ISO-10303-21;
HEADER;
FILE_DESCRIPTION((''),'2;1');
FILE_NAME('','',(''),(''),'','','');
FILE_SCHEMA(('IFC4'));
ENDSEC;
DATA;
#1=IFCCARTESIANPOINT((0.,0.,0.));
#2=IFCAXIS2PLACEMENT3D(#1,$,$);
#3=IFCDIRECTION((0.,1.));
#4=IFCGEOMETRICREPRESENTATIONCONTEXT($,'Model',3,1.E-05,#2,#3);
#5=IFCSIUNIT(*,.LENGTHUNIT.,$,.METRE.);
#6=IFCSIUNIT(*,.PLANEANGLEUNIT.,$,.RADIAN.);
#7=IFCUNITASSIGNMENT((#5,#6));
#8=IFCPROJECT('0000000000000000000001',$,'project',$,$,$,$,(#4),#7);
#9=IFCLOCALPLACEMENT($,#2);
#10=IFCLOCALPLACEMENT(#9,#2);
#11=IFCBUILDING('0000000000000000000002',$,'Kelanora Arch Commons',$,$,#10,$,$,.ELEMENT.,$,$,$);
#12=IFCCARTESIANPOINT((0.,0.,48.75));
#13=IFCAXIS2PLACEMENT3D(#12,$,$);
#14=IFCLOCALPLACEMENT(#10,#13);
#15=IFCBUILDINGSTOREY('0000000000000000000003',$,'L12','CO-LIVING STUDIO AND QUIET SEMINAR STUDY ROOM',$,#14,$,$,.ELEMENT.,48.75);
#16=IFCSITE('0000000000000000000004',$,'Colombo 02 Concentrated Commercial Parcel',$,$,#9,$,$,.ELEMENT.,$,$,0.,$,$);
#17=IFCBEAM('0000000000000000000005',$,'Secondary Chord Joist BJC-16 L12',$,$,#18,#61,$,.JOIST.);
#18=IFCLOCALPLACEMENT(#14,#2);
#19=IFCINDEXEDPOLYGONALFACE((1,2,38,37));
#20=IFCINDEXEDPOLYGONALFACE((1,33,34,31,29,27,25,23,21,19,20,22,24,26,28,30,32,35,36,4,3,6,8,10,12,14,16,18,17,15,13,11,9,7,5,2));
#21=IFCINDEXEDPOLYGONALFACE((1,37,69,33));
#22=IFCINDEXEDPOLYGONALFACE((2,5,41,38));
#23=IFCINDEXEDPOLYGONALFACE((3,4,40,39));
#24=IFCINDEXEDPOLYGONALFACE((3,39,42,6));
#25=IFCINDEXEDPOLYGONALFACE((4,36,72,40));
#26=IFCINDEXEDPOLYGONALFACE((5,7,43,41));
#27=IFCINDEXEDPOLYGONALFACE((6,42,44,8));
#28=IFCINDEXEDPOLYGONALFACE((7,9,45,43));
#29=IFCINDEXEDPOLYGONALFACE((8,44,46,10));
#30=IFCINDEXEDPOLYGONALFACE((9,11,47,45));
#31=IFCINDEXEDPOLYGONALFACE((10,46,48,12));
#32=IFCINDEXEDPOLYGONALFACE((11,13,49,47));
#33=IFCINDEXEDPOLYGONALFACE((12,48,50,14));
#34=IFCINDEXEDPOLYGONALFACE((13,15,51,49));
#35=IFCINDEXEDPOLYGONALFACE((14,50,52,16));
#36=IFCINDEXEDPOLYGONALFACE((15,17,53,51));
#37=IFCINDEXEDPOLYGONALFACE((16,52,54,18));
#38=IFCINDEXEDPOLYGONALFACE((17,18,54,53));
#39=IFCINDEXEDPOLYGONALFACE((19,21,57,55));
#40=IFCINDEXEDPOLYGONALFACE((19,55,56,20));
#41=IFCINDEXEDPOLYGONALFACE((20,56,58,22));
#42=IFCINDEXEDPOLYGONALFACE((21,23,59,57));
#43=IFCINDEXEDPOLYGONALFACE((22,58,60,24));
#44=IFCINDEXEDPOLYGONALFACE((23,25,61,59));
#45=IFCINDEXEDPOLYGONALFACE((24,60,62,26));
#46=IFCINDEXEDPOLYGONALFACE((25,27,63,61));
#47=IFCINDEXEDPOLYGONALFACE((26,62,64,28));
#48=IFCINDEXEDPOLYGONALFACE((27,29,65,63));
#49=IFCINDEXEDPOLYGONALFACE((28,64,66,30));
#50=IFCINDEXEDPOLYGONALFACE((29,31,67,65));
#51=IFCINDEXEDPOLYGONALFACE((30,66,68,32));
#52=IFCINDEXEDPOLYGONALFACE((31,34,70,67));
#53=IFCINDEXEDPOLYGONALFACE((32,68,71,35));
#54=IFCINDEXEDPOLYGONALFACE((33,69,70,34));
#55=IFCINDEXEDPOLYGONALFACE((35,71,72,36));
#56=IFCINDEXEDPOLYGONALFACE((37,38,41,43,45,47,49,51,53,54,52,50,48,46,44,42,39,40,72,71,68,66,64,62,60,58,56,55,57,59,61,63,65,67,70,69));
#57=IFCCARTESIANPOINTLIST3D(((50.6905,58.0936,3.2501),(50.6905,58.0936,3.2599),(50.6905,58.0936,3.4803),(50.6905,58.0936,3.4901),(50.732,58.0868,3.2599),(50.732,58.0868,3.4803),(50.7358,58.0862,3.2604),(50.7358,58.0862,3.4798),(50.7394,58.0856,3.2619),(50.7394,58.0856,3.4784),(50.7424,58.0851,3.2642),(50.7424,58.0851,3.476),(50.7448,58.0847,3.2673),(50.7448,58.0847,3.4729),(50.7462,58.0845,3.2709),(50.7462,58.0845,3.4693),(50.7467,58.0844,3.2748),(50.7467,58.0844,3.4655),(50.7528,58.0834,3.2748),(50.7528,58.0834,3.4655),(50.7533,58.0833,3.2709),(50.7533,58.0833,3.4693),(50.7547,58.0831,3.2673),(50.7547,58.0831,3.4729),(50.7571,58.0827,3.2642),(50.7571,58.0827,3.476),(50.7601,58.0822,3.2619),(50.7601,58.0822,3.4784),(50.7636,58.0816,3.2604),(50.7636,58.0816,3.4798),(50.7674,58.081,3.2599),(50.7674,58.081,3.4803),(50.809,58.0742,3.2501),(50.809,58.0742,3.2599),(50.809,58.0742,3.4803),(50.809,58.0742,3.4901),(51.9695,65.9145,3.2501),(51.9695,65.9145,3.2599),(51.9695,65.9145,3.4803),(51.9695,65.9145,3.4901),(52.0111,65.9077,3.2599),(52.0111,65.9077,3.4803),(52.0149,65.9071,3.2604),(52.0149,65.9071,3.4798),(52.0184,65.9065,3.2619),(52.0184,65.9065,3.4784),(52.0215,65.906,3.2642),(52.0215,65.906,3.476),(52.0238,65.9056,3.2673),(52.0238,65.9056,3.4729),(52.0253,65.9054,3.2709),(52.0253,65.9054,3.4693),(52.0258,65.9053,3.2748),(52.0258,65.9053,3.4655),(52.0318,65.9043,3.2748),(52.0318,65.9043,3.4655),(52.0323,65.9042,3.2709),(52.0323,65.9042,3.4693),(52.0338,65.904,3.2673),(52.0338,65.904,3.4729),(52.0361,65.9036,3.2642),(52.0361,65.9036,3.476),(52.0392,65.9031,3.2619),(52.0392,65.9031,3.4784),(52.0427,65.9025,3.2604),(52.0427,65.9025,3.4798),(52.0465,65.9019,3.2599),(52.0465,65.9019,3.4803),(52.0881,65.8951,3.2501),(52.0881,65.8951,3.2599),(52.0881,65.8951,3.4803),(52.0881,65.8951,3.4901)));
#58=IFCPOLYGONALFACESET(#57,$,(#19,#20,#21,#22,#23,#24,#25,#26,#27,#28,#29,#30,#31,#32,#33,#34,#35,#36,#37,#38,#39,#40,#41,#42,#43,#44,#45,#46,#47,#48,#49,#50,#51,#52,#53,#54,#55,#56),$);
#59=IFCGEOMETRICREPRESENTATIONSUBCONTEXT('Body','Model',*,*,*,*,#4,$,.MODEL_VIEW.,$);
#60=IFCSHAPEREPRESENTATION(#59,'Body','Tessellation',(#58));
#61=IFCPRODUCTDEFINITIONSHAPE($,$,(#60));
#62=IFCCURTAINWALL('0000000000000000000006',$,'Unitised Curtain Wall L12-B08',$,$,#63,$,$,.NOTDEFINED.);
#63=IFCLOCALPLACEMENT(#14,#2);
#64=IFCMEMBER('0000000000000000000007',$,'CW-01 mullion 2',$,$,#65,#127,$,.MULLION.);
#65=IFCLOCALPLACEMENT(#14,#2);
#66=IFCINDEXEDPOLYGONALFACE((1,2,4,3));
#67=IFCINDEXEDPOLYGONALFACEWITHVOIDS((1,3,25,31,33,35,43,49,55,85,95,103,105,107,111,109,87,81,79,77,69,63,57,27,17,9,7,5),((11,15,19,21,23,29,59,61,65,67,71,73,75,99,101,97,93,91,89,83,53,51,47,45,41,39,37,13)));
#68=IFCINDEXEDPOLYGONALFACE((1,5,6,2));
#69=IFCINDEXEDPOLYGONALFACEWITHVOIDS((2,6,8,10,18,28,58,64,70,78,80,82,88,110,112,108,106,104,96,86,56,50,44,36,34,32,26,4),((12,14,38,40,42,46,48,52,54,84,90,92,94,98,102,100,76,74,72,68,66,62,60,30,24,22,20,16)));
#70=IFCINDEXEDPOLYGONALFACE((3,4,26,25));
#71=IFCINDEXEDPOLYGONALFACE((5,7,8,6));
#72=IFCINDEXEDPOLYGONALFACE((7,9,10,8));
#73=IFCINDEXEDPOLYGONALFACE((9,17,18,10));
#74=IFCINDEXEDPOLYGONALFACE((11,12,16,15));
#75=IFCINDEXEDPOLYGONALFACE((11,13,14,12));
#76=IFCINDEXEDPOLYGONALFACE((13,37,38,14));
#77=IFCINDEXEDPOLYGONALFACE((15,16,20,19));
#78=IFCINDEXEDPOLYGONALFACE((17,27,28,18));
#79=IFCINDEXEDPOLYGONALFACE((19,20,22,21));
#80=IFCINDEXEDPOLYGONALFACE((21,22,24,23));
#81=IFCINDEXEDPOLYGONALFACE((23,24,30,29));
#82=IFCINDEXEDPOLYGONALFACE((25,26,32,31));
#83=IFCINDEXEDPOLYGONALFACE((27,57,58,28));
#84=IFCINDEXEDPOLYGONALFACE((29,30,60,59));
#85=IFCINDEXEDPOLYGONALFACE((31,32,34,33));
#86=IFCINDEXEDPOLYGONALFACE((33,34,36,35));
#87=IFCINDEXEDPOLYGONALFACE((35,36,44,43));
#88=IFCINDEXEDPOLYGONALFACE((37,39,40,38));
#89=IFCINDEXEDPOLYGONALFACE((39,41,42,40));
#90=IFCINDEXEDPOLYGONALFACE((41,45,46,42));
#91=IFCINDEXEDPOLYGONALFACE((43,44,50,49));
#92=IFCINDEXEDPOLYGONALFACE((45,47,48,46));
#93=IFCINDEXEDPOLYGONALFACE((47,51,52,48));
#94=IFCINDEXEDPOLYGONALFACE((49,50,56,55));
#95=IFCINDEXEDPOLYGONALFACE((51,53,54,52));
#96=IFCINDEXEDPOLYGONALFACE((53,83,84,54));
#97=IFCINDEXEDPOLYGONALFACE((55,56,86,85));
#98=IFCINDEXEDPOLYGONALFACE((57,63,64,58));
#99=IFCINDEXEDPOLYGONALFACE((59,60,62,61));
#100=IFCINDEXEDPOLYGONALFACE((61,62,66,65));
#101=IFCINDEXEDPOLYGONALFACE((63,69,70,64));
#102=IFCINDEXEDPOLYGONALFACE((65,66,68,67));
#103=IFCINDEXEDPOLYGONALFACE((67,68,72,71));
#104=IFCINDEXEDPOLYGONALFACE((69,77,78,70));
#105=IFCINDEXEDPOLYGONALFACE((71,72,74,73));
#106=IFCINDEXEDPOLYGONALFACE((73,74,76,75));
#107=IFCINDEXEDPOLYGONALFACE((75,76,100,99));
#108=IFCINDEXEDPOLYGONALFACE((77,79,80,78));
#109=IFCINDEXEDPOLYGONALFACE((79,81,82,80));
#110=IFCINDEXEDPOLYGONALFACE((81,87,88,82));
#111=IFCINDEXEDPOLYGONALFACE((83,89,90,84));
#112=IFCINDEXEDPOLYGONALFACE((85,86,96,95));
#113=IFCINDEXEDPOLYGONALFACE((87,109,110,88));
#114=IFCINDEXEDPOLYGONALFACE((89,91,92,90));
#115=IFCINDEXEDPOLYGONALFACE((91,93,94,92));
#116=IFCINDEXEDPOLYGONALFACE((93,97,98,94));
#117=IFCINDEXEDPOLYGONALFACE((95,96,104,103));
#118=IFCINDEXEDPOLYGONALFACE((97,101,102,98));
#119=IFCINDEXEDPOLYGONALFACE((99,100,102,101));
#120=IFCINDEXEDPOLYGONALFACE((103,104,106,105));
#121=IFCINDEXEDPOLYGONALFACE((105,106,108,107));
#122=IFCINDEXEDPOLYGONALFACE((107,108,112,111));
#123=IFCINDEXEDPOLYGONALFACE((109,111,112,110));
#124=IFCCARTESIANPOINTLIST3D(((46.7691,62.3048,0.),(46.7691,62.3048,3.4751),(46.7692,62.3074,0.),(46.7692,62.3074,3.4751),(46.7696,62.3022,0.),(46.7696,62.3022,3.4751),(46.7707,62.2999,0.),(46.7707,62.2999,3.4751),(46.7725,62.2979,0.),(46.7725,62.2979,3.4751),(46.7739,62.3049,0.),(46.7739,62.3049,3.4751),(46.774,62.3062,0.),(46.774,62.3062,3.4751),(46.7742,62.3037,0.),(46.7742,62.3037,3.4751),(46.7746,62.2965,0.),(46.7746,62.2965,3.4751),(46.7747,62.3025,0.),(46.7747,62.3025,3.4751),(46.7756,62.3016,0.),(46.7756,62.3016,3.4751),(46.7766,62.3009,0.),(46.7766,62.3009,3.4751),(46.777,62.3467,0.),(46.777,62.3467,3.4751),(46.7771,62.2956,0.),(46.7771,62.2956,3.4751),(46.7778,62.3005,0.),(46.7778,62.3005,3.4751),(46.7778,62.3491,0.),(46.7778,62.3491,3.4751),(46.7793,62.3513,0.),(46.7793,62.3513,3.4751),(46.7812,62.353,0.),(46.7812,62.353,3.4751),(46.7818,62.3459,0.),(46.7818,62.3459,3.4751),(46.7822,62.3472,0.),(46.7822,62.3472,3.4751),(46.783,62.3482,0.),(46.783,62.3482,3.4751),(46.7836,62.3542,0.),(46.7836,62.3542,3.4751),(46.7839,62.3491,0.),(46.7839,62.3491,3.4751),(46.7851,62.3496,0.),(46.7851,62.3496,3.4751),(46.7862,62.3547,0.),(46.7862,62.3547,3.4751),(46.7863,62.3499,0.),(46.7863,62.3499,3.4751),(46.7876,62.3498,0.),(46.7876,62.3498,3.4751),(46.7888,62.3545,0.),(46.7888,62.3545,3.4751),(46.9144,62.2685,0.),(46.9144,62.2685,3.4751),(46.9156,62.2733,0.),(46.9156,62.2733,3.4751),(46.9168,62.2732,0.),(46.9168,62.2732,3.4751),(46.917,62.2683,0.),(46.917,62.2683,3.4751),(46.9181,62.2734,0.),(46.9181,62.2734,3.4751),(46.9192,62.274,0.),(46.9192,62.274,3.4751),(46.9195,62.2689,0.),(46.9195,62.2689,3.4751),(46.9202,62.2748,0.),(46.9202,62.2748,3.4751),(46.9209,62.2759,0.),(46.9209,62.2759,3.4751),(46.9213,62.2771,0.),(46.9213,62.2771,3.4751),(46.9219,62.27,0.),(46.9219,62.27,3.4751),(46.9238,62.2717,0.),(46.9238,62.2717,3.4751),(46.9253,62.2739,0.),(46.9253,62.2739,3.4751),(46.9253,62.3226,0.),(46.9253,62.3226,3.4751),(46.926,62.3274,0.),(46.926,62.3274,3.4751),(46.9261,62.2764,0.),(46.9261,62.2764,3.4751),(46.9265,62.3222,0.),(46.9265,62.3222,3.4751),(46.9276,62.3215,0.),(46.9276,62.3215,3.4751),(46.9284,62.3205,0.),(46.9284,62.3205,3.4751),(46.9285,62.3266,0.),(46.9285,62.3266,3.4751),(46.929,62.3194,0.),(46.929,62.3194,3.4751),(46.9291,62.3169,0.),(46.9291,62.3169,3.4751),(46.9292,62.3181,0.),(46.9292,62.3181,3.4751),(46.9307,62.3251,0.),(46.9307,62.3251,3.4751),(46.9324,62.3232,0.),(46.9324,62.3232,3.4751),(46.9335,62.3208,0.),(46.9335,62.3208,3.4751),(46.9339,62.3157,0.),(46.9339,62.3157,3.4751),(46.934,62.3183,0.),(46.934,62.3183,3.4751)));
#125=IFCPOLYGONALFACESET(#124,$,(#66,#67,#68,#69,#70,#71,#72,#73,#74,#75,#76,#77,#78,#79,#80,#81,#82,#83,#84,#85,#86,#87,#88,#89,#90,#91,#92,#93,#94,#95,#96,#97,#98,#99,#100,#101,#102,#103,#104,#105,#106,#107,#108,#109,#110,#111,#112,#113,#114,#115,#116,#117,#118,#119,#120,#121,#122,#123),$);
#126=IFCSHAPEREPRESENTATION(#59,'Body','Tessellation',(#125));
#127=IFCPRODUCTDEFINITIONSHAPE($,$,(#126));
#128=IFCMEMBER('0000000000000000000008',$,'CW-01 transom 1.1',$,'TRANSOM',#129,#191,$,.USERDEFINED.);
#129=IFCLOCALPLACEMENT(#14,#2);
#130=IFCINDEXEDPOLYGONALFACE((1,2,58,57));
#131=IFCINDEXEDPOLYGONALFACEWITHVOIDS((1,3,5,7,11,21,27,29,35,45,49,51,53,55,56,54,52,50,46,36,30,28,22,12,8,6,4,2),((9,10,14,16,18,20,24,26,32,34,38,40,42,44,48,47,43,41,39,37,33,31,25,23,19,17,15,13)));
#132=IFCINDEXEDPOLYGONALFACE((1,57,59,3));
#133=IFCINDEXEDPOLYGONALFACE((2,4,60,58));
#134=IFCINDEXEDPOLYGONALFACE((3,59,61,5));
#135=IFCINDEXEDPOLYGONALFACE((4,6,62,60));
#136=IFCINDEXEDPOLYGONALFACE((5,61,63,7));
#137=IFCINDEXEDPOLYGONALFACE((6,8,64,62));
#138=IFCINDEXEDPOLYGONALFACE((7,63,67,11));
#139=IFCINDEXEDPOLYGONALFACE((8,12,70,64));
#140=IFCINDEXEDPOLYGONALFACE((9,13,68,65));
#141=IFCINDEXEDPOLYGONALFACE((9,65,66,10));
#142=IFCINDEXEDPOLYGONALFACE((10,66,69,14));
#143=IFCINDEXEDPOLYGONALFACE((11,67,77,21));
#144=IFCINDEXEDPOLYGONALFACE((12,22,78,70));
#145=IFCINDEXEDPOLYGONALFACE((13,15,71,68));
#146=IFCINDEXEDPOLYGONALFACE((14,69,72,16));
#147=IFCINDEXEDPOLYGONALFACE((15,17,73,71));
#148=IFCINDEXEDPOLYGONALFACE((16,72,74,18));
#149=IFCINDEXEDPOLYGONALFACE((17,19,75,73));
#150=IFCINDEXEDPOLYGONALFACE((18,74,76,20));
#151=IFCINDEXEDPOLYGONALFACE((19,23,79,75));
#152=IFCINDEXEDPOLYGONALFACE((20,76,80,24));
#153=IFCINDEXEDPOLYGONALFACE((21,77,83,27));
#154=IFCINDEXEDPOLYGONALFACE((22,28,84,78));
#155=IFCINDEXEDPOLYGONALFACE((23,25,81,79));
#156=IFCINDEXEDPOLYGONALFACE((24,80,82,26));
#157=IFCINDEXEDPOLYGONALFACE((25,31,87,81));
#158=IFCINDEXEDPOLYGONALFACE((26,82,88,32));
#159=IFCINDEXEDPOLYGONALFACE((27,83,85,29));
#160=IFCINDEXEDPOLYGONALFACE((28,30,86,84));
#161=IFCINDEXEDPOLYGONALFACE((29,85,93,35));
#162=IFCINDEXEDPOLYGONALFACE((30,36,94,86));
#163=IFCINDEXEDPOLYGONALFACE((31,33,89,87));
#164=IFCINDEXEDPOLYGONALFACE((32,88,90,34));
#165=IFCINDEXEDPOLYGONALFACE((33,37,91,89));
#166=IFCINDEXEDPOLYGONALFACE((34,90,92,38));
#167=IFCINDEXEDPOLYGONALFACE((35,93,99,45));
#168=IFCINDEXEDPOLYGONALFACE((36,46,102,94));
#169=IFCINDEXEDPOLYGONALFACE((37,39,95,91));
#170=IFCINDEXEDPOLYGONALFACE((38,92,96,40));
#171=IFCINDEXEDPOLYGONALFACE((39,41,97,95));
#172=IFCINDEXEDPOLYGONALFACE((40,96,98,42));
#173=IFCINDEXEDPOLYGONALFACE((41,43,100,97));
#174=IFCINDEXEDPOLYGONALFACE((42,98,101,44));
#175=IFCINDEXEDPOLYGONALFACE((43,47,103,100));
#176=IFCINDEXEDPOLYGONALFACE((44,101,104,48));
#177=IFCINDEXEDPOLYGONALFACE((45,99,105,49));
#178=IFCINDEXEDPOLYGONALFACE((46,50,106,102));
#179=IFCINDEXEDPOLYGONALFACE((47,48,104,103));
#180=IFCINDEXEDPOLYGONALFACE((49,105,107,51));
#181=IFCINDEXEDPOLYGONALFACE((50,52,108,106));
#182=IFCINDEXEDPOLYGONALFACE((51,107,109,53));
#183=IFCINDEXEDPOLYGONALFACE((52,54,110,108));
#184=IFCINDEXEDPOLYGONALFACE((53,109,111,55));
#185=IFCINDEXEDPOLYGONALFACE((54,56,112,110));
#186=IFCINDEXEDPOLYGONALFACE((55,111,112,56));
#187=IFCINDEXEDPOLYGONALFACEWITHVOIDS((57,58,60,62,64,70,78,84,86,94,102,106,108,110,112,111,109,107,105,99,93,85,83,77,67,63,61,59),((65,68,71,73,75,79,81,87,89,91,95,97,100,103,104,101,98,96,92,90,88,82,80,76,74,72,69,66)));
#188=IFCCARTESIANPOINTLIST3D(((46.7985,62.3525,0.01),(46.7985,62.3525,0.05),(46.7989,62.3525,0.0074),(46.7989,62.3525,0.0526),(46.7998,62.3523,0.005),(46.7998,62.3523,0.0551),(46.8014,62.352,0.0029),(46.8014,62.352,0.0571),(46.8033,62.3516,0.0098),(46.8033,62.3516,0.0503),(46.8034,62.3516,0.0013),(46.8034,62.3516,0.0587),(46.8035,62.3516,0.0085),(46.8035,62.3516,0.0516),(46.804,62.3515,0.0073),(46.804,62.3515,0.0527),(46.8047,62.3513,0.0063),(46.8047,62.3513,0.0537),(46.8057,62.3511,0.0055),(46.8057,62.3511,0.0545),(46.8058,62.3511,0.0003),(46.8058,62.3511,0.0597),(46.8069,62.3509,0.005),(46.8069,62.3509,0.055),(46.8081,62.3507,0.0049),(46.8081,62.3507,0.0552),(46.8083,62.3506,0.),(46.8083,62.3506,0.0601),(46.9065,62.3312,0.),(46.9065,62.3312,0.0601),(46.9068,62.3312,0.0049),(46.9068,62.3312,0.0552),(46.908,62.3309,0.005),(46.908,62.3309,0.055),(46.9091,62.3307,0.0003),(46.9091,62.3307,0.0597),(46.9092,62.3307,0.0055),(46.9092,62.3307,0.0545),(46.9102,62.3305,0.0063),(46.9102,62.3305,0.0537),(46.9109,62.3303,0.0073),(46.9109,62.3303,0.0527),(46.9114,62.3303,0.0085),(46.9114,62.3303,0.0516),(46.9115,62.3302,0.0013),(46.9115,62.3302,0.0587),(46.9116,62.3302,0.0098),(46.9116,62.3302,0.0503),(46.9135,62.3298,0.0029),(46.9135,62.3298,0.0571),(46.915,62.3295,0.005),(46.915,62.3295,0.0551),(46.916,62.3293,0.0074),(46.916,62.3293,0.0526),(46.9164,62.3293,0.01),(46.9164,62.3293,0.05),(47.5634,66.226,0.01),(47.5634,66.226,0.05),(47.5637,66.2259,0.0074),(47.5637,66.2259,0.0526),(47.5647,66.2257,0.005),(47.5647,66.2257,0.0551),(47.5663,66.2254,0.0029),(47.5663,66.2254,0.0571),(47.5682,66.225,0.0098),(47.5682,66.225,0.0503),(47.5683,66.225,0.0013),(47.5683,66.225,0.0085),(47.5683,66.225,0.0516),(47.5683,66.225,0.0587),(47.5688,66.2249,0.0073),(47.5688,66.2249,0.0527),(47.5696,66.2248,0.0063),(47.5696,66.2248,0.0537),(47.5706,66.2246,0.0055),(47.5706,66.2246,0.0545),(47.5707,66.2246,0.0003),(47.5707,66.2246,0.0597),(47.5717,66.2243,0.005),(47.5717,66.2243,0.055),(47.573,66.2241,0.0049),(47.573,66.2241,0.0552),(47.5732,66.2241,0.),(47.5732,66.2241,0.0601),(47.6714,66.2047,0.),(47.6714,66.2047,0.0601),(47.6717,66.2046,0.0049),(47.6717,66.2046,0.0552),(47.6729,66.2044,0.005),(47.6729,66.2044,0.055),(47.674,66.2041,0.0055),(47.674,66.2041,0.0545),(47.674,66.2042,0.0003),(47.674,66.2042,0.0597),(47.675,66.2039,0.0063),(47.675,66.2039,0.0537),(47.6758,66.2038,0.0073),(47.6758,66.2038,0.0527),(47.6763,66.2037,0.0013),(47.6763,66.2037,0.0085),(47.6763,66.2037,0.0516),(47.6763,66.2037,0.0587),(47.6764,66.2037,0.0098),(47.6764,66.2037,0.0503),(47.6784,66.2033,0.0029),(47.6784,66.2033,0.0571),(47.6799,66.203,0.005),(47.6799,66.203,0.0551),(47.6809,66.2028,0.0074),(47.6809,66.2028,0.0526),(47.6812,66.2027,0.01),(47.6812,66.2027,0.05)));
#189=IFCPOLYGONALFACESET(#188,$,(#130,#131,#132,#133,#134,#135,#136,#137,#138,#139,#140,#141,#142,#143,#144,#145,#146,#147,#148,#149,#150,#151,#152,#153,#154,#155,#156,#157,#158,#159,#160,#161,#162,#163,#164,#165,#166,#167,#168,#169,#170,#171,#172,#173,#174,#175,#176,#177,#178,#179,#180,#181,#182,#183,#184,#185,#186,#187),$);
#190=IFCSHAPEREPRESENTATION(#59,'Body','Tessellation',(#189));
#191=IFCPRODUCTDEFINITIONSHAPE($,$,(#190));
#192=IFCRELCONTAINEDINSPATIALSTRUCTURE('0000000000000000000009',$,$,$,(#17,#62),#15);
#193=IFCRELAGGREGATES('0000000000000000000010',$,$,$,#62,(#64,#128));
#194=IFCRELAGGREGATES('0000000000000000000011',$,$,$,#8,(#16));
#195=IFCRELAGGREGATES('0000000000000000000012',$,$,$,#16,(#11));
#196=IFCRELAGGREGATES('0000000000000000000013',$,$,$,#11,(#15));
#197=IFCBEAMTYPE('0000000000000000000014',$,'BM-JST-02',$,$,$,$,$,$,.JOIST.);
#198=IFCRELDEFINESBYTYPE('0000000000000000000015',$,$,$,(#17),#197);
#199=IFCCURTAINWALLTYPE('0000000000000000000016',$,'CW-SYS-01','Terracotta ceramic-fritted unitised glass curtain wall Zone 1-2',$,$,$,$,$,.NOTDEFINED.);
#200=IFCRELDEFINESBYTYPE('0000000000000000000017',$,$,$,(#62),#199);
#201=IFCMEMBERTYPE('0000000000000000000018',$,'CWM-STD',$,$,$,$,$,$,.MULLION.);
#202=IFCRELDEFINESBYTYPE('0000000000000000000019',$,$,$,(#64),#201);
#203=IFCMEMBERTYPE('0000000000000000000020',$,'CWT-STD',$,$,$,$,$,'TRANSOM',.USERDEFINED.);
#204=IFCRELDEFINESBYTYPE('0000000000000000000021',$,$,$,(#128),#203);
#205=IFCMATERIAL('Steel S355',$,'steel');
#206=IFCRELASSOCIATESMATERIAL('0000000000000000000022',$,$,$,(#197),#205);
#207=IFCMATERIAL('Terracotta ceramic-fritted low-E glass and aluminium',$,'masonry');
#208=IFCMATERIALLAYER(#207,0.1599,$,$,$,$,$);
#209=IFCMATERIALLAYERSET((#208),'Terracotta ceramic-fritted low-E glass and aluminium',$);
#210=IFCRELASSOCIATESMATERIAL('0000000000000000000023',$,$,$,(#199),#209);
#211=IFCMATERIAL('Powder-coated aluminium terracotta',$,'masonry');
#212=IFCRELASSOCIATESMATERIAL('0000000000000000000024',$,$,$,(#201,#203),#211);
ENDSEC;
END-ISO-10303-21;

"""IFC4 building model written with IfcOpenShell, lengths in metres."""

from ifc_helpers import new_model, si_unit, direction, frame, origin, origin_2d, place, context, subcontext, project, spatial, hollow_rectangle, i_section, extrude, material, layer, layer_set, material_profile, profile_set, type_object, element, aggregate, save


model = new_model("IFC4")

# Units and contexts
model_context = context("Model", 3, precision=1e-05, world=origin(), true_north=direction((0.0, 1.0)))
body_context = subcontext(model_context, "Body", "Model", "MODEL_VIEW")
ifc_project = project(units=[si_unit("LENGTHUNIT", "METRE"), si_unit("PLANEANGLEUNIT", "RADIAN")], contexts=[model_context])

# Site, building, storey
site_placement = place(None, origin())
site = spatial("IfcSite", under=ifc_project, at=site_placement, Name="Colombo 02 Concentrated Commercial Parcel", CompositionType="ELEMENT", RefElevation=0.0)
building_placement = place(site_placement, origin())
building = spatial("IfcBuilding", under=site, at=building_placement, Name="Kelanora Arch Commons", CompositionType="ELEMENT")
storey_placement = place(building_placement, frame((0.0, 0.0, 48.75)))
storey = spatial("IfcBuildingStorey", under=building, at=storey_placement, Name="L12", Description="CO-LIVING STUDIO AND QUIET SEMINAR STUDY ROOM", CompositionType="ELEMENT", Elevation=48.75)

# Beam
ifc_material_1 = material(Name="Steel S355", Category="steel")
ifc_material_profile_1 = material_profile(ifc_material_1, i_section(OverallWidth=0.1201, OverallDepth=0.24, WebThickness=0.0061, FlangeThickness=0.0098, FilletRadius=0.0149, at=origin_2d()), Name="IPE240")
ifc_profile_set_1 = profile_set([ifc_material_profile_1], Name="Steel S355")
beam_type_1 = type_object("IfcBeamType", Name="BM-JST-02", PredefinedType="JOIST", material=ifc_profile_set_1)
beam_1_placement = place(storey_placement, frame((52.0288, 65.9048, 3.3701), z_axis=(-0.161401, -0.986889, 0.0), x_axis=(0.986889, -0.161401, 0.0)))
element("IfcBeam", 1, at=beam_1_placement, inside=storey, type_object=beam_type_1, Name="Secondary Chord Joist BJC-16 L12", PredefinedType="JOIST", context=body_context, shape_type="SweptSolid", body=[
    extrude(i_section(OverallWidth=0.1201, OverallDepth=0.24, WebThickness=0.0061, FlangeThickness=0.0098, FilletRadius=0.0149, at=origin_2d()), origin(), (0.0, 0.0, 1.0), 7.9248),
])

# Curtain wall, members
ifc_material_2 = material(Name="Terracotta ceramic-fritted low-E glass and aluminium", Category="masonry")
ifc_layer_1 = layer(ifc_material_2, 0.1599)
ifc_layer_set_1 = layer_set([ifc_layer_1], Name="Terracotta ceramic-fritted low-E glass and aluminium")
curtain_wall_type = type_object("IfcCurtainWallType", Name="CW-SYS-01", Description="Terracotta ceramic-fritted unitised glass curtain wall Zone 1-2", PredefinedType="NOTDEFINED", material=ifc_layer_set_1)
curtain_wall_placement = place(storey_placement, origin())
curtain_wall = element("IfcCurtainWall", 2, at=curtain_wall_placement, inside=storey, type_object=curtain_wall_type, Name="Unitised Curtain Wall L12-B08", PredefinedType="NOTDEFINED")
ifc_material_3 = material(Name="Powder-coated aluminium terracotta", Category="masonry")
ifc_material_profile_2 = material_profile(ifc_material_3, hollow_rectangle(XDim=0.1599, YDim=0.0601, WallThickness=0.0049, InnerFilletRadius=0.0049, OuterFilletRadius=0.01, at=origin_2d()), Name="CWM160x60")
ifc_profile_set_2 = profile_set([ifc_material_profile_2], Name="Powder-coated aluminium terracotta")
member_type_1 = type_object("IfcMemberType", Name="CWM-STD", PredefinedType="MULLION", material=ifc_profile_set_2)
member_1_placement = place(storey_placement, frame((46.8516, 62.3115, 0.0), z_axis=(0.0, 0.0, 1.0), x_axis=(0.981052, -0.193744, 0.0)))
member_1 = element("IfcMember", 3, at=member_1_placement, type_object=member_type_1, Name="CW-01 mullion 2", PredefinedType="MULLION", context=body_context, shape_type="SweptSolid", body=[
    extrude(hollow_rectangle(XDim=0.1599, YDim=0.0601, WallThickness=0.0049, InnerFilletRadius=0.0049, OuterFilletRadius=0.01, at=origin_2d()), origin(), (0.0, 0.0, 1.0), 3.4751),
])
ifc_material_profile_3 = material_profile(ifc_material_3, hollow_rectangle(XDim=0.1201, YDim=0.0601, WallThickness=0.0049, InnerFilletRadius=0.0049, OuterFilletRadius=0.01, at=origin_2d()), Name="CWT120x60")
ifc_profile_set_3 = profile_set([ifc_material_profile_3], Name="Powder-coated aluminium terracotta")
member_type_2 = type_object("IfcMemberType", Name="CWT-STD", ElementType="TRANSOM", PredefinedType="USERDEFINED", material=ifc_profile_set_3)
member_2_placement = place(storey_placement, frame((47.6223, 66.2144, 0.03), z_axis=(-0.193725, -0.981056, 0.0), x_axis=(0.981056, -0.193725, 0.0)))
member_2 = element("IfcMember", 4, at=member_2_placement, type_object=member_type_2, Name="CW-01 transom 1.1", ObjectType="TRANSOM", PredefinedType="USERDEFINED", context=body_context, shape_type="SweptSolid", body=[
    extrude(hollow_rectangle(XDim=0.1201, YDim=0.0601, WallThickness=0.0049, InnerFilletRadius=0.0049, OuterFilletRadius=0.01, at=origin_2d()), origin(), (0.0, 0.0, 1.0), 3.9482),
])
aggregate(curtain_wall, [member_1, member_2])

save(model, "model.ifc")
